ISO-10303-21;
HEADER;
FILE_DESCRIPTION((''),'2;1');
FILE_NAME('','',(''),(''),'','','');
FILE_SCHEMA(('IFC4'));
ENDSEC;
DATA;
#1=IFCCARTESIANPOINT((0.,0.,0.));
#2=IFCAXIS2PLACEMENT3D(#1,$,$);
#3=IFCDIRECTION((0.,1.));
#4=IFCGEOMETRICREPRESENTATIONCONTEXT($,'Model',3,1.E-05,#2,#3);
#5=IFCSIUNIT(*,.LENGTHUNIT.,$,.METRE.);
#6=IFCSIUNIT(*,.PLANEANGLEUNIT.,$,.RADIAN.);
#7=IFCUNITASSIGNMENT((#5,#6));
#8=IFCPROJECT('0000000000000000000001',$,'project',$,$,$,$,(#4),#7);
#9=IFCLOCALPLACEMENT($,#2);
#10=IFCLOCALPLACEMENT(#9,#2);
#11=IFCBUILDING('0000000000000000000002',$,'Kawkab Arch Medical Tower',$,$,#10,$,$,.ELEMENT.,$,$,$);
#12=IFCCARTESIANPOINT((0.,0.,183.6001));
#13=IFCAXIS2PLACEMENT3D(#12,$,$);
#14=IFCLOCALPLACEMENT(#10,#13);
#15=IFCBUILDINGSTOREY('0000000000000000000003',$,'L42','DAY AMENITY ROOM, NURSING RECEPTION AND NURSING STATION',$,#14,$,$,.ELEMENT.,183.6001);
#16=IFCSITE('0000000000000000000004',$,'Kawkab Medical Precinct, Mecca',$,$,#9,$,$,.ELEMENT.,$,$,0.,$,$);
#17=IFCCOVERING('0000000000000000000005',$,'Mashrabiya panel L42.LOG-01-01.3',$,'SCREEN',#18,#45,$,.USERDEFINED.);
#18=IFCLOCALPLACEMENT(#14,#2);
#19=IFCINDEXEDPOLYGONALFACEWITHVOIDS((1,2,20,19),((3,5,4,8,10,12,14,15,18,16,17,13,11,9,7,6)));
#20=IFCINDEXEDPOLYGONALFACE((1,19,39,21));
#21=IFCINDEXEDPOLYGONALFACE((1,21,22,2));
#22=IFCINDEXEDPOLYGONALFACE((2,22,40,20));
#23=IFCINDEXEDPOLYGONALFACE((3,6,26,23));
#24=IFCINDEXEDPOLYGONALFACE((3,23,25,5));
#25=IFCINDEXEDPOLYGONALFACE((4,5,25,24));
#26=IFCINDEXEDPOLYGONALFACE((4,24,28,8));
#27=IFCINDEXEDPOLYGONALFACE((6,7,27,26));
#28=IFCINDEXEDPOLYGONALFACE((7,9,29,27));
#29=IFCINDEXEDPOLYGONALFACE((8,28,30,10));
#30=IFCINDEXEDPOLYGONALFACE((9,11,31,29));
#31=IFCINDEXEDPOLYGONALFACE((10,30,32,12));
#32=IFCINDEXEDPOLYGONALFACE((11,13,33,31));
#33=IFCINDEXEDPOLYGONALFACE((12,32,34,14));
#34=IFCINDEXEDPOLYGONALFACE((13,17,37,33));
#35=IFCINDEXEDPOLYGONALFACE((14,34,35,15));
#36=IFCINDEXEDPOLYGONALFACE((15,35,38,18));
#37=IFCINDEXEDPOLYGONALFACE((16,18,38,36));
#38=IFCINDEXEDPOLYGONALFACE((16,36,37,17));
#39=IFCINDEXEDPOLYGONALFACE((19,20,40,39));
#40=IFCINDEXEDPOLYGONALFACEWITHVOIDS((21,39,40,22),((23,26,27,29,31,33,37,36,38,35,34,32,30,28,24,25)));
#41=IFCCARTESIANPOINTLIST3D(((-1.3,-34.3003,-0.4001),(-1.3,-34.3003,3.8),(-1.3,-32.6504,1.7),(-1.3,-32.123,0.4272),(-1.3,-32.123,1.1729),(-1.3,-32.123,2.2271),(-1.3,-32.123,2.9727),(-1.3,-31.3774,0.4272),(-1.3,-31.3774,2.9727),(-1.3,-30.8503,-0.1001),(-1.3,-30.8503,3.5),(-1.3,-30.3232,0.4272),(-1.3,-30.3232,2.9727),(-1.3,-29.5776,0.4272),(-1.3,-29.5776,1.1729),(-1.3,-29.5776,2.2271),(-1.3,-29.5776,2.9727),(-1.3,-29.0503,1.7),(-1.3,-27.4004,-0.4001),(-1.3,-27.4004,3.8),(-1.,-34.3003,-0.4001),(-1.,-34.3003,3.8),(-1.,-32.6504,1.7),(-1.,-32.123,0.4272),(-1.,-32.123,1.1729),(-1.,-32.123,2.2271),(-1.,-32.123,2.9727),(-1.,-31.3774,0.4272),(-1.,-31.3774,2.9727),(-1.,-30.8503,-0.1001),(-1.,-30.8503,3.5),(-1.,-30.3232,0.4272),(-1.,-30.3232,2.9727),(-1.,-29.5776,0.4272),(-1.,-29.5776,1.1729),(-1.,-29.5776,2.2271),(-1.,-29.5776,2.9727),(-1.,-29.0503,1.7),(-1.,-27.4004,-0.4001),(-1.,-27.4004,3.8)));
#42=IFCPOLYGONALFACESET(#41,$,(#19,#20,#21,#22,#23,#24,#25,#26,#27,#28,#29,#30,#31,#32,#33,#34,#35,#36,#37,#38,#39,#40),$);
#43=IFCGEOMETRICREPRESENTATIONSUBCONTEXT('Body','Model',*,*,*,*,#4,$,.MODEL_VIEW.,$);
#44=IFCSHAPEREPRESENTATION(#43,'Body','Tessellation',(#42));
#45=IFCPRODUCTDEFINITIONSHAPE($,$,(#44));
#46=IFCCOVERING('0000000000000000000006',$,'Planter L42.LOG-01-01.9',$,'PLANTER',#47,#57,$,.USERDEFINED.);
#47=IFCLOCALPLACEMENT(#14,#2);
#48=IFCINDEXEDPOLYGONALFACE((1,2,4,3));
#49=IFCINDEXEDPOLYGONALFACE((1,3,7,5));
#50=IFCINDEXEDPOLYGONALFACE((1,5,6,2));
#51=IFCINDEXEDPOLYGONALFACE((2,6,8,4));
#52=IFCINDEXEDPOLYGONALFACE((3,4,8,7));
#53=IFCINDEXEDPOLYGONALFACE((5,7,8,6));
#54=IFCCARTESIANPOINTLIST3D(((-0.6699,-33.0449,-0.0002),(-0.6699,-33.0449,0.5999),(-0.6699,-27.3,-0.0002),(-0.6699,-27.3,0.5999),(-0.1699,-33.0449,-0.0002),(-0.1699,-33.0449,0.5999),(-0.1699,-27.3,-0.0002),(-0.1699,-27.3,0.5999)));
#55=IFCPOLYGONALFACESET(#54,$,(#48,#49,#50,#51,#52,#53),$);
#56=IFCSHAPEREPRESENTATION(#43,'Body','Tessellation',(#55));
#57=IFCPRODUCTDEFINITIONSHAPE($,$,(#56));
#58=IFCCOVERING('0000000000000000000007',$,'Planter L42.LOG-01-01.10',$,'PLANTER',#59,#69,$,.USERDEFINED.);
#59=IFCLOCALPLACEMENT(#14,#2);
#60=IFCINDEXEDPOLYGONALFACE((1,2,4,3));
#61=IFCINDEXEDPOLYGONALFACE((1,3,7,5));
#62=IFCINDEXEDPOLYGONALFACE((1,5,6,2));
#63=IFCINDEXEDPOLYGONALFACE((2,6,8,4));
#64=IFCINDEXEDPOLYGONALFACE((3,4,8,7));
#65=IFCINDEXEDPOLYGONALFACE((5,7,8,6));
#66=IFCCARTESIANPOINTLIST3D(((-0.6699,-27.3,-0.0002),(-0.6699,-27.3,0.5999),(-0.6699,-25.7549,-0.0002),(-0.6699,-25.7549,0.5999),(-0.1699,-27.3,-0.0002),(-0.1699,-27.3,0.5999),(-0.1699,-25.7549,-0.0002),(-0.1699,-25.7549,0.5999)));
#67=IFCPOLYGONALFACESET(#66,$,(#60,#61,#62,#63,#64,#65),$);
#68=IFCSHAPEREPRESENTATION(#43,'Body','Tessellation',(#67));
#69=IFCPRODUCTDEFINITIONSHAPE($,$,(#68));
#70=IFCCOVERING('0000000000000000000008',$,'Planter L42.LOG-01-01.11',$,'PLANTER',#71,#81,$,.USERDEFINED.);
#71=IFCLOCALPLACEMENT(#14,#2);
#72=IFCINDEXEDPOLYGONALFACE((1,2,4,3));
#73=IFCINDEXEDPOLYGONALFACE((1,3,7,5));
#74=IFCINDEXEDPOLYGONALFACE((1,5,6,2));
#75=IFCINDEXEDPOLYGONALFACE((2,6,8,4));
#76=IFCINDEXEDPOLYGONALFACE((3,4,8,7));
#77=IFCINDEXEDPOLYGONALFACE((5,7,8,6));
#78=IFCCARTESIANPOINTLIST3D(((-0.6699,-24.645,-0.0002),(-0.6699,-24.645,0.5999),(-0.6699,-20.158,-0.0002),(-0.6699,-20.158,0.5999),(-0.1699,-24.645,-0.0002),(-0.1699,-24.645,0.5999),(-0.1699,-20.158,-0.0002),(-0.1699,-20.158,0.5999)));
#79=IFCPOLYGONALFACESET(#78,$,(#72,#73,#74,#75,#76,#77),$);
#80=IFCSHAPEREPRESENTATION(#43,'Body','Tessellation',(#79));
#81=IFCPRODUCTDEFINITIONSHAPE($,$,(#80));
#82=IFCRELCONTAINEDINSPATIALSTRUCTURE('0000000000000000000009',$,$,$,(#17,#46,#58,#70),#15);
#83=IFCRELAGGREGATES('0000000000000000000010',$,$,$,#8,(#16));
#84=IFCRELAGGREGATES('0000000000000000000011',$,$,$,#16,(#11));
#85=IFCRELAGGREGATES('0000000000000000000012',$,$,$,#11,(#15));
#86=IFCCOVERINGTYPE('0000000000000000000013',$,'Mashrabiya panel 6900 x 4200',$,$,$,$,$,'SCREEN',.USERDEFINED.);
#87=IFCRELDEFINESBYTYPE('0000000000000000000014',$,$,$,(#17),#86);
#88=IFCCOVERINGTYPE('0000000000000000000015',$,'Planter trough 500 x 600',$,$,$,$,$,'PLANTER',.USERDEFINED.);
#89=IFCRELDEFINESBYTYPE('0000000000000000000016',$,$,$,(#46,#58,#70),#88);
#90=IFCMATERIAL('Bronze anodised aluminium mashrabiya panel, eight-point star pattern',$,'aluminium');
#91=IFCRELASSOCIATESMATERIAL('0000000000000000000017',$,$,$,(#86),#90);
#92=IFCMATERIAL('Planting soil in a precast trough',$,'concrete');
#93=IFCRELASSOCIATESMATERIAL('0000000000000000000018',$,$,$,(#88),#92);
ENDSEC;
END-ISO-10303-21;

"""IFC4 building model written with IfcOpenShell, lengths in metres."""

from ifc_helpers import new_model, si_unit, direction, frame, origin, origin_2d, place, context, subcontext, project, spatial, polyline, rectangle, outline, extrude, material, material_profile, profile_set, type_object, element, save


model = new_model("IFC4")

# Units and contexts
model_context = context("Model", 3, precision=1e-05, world=origin(), true_north=direction((0.0, 1.0)))
body_context = subcontext(model_context, "Body", "Model", "MODEL_VIEW")
ifc_project = project(units=[si_unit("LENGTHUNIT", "METRE"), si_unit("PLANEANGLEUNIT", "RADIAN")], contexts=[model_context])

# Site, building, storey
site_placement = place(None, origin())
site = spatial("IfcSite", under=ifc_project, at=site_placement, Name="Kawkab Medical Precinct, Mecca", CompositionType="ELEMENT", RefElevation=0.0)
building_placement = place(site_placement, origin())
building = spatial("IfcBuilding", under=site, at=building_placement, Name="Kawkab Arch Medical Tower", CompositionType="ELEMENT")
storey_placement = place(building_placement, frame((0.0, 0.0, 183.6001)))
storey = spatial("IfcBuildingStorey", under=building, at=storey_placement, Name="L42", Description="DAY AMENITY ROOM, NURSING RECEPTION AND NURSING STATION", CompositionType="ELEMENT", Elevation=183.6001)

# Coverings
ifc_material_1 = material(Name="Bronze anodised aluminium mashrabiya panel, eight-point star pattern", Category="aluminium")
ifc_material_profile_1 = material_profile(ifc_material_1, outline(polyline([(-3.45, -2.1001), (3.45, -2.1001), (3.45, 2.1001), (-3.45, 2.1001), (-3.45, -2.1001)]), holes=[polyline([(1.8, 0.0), (1.2727, 0.5271), (1.2727, 1.2727), (0.5271, 1.2727), (0.0, 1.8), (-0.5271, 1.2727), (-1.2727, 1.2727), (-1.2727, 0.5271), (-1.8, 0.0), (-1.2727, -0.5271), (-1.2727, -1.2727), (-0.5271, -1.2727), (0.0, -1.8), (0.5271, -1.2727), (1.2727, -1.2727), (1.2727, -0.5271), (1.8, 0.0)])]), Name="Mashrabiya panel 6900x4200")
ifc_profile_set_1 = profile_set([ifc_material_profile_1], Name="Bronze anodised aluminium mashrabiya panel, eight-point star pattern")
covering_type_1 = type_object("IfcCoveringType", Name="Mashrabiya panel 6900 x 4200", ElementType="SCREEN", PredefinedType="USERDEFINED", material=ifc_profile_set_1)
covering_1_placement = place(storey_placement, frame((-1.0, -30.8503, 1.7), z_axis=(-1.0, 0.0, 0.0), x_axis=(0.0, -1.0, 0.0)))
element("IfcCovering", 1, at=covering_1_placement, inside=storey, type_object=covering_type_1, Name="Mashrabiya panel L42.LOG-01-01.3", ObjectType="SCREEN", PredefinedType="USERDEFINED", context=body_context, shape_type="SweptSolid", body=[
    extrude(outline(polyline([(-3.45, -2.1001), (3.45, -2.1001), (3.45, 2.1001), (-3.45, 2.1001), (-3.45, -2.1001)]), holes=[polyline([(1.8, 0.0), (1.2727, 0.5271), (1.2727, 1.2727), (0.5271, 1.2727), (0.0, 1.8), (-0.5271, 1.2727), (-1.2727, 1.2727), (-1.2727, 0.5271), (-1.8, 0.0), (-1.2727, -0.5271), (-1.2727, -1.2727), (-0.5271, -1.2727), (0.0, -1.8), (0.5271, -1.2727), (1.2727, -1.2727), (1.2727, -0.5271), (1.8, 0.0)])]), origin(), (0.0, 0.0, 1.0), 0.3),
])
ifc_material_2 = material(Name="Planting soil in a precast trough", Category="concrete")
ifc_material_profile_2 = material_profile(ifc_material_2, rectangle(XDim=0.5, YDim=0.6001, at=origin_2d()), Name="Trough 500x600")
ifc_profile_set_2 = profile_set([ifc_material_profile_2], Name="Planting soil in a precast trough")
covering_type_2 = type_object("IfcCoveringType", Name="Planter trough 500 x 600", ElementType="PLANTER", PredefinedType="USERDEFINED", material=ifc_profile_set_2)
covering_2_placement = place(storey_placement, frame((-0.4199, -33.0449, 0.2998), z_axis=(0.0, 1.0, 0.0), x_axis=(-1.0, 0.0, 0.0)))
element("IfcCovering", 2, at=covering_2_placement, inside=storey, type_object=covering_type_2, Name="Planter L42.LOG-01-01.9", ObjectType="PLANTER", PredefinedType="USERDEFINED", context=body_context, shape_type="SweptSolid", body=[
    extrude(rectangle(XDim=0.5, YDim=0.6001, at=origin_2d()), origin(), (0.0, 0.0, 1.0), 5.7449),
])
covering_3_placement = place(storey_placement, frame((-0.4199, -27.3, 0.2998), z_axis=(0.0, 1.0, 0.0), x_axis=(-1.0, 0.0, 0.0)))
element("IfcCovering", 3, at=covering_3_placement, inside=storey, type_object=covering_type_2, Name="Planter L42.LOG-01-01.10", ObjectType="PLANTER", PredefinedType="USERDEFINED", context=body_context, shape_type="SweptSolid", body=[
    extrude(rectangle(XDim=0.5, YDim=0.6001, at=origin_2d()), origin(), (0.0, 0.0, 1.0), 1.5452),
])
covering_4_placement = place(storey_placement, frame((-0.4199, -24.645, 0.2998), z_axis=(0.0, 1.0, 0.0), x_axis=(-1.0, 0.0, 0.0)))
element("IfcCovering", 4, at=covering_4_placement, inside=storey, type_object=covering_type_2, Name="Planter L42.LOG-01-01.11", ObjectType="PLANTER", PredefinedType="USERDEFINED", context=body_context, shape_type="SweptSolid", body=[
    extrude(rectangle(XDim=0.5, YDim=0.6001, at=origin_2d()), origin(), (0.0, 0.0, 1.0), 4.4871),
])

save(model, "model.ifc")
